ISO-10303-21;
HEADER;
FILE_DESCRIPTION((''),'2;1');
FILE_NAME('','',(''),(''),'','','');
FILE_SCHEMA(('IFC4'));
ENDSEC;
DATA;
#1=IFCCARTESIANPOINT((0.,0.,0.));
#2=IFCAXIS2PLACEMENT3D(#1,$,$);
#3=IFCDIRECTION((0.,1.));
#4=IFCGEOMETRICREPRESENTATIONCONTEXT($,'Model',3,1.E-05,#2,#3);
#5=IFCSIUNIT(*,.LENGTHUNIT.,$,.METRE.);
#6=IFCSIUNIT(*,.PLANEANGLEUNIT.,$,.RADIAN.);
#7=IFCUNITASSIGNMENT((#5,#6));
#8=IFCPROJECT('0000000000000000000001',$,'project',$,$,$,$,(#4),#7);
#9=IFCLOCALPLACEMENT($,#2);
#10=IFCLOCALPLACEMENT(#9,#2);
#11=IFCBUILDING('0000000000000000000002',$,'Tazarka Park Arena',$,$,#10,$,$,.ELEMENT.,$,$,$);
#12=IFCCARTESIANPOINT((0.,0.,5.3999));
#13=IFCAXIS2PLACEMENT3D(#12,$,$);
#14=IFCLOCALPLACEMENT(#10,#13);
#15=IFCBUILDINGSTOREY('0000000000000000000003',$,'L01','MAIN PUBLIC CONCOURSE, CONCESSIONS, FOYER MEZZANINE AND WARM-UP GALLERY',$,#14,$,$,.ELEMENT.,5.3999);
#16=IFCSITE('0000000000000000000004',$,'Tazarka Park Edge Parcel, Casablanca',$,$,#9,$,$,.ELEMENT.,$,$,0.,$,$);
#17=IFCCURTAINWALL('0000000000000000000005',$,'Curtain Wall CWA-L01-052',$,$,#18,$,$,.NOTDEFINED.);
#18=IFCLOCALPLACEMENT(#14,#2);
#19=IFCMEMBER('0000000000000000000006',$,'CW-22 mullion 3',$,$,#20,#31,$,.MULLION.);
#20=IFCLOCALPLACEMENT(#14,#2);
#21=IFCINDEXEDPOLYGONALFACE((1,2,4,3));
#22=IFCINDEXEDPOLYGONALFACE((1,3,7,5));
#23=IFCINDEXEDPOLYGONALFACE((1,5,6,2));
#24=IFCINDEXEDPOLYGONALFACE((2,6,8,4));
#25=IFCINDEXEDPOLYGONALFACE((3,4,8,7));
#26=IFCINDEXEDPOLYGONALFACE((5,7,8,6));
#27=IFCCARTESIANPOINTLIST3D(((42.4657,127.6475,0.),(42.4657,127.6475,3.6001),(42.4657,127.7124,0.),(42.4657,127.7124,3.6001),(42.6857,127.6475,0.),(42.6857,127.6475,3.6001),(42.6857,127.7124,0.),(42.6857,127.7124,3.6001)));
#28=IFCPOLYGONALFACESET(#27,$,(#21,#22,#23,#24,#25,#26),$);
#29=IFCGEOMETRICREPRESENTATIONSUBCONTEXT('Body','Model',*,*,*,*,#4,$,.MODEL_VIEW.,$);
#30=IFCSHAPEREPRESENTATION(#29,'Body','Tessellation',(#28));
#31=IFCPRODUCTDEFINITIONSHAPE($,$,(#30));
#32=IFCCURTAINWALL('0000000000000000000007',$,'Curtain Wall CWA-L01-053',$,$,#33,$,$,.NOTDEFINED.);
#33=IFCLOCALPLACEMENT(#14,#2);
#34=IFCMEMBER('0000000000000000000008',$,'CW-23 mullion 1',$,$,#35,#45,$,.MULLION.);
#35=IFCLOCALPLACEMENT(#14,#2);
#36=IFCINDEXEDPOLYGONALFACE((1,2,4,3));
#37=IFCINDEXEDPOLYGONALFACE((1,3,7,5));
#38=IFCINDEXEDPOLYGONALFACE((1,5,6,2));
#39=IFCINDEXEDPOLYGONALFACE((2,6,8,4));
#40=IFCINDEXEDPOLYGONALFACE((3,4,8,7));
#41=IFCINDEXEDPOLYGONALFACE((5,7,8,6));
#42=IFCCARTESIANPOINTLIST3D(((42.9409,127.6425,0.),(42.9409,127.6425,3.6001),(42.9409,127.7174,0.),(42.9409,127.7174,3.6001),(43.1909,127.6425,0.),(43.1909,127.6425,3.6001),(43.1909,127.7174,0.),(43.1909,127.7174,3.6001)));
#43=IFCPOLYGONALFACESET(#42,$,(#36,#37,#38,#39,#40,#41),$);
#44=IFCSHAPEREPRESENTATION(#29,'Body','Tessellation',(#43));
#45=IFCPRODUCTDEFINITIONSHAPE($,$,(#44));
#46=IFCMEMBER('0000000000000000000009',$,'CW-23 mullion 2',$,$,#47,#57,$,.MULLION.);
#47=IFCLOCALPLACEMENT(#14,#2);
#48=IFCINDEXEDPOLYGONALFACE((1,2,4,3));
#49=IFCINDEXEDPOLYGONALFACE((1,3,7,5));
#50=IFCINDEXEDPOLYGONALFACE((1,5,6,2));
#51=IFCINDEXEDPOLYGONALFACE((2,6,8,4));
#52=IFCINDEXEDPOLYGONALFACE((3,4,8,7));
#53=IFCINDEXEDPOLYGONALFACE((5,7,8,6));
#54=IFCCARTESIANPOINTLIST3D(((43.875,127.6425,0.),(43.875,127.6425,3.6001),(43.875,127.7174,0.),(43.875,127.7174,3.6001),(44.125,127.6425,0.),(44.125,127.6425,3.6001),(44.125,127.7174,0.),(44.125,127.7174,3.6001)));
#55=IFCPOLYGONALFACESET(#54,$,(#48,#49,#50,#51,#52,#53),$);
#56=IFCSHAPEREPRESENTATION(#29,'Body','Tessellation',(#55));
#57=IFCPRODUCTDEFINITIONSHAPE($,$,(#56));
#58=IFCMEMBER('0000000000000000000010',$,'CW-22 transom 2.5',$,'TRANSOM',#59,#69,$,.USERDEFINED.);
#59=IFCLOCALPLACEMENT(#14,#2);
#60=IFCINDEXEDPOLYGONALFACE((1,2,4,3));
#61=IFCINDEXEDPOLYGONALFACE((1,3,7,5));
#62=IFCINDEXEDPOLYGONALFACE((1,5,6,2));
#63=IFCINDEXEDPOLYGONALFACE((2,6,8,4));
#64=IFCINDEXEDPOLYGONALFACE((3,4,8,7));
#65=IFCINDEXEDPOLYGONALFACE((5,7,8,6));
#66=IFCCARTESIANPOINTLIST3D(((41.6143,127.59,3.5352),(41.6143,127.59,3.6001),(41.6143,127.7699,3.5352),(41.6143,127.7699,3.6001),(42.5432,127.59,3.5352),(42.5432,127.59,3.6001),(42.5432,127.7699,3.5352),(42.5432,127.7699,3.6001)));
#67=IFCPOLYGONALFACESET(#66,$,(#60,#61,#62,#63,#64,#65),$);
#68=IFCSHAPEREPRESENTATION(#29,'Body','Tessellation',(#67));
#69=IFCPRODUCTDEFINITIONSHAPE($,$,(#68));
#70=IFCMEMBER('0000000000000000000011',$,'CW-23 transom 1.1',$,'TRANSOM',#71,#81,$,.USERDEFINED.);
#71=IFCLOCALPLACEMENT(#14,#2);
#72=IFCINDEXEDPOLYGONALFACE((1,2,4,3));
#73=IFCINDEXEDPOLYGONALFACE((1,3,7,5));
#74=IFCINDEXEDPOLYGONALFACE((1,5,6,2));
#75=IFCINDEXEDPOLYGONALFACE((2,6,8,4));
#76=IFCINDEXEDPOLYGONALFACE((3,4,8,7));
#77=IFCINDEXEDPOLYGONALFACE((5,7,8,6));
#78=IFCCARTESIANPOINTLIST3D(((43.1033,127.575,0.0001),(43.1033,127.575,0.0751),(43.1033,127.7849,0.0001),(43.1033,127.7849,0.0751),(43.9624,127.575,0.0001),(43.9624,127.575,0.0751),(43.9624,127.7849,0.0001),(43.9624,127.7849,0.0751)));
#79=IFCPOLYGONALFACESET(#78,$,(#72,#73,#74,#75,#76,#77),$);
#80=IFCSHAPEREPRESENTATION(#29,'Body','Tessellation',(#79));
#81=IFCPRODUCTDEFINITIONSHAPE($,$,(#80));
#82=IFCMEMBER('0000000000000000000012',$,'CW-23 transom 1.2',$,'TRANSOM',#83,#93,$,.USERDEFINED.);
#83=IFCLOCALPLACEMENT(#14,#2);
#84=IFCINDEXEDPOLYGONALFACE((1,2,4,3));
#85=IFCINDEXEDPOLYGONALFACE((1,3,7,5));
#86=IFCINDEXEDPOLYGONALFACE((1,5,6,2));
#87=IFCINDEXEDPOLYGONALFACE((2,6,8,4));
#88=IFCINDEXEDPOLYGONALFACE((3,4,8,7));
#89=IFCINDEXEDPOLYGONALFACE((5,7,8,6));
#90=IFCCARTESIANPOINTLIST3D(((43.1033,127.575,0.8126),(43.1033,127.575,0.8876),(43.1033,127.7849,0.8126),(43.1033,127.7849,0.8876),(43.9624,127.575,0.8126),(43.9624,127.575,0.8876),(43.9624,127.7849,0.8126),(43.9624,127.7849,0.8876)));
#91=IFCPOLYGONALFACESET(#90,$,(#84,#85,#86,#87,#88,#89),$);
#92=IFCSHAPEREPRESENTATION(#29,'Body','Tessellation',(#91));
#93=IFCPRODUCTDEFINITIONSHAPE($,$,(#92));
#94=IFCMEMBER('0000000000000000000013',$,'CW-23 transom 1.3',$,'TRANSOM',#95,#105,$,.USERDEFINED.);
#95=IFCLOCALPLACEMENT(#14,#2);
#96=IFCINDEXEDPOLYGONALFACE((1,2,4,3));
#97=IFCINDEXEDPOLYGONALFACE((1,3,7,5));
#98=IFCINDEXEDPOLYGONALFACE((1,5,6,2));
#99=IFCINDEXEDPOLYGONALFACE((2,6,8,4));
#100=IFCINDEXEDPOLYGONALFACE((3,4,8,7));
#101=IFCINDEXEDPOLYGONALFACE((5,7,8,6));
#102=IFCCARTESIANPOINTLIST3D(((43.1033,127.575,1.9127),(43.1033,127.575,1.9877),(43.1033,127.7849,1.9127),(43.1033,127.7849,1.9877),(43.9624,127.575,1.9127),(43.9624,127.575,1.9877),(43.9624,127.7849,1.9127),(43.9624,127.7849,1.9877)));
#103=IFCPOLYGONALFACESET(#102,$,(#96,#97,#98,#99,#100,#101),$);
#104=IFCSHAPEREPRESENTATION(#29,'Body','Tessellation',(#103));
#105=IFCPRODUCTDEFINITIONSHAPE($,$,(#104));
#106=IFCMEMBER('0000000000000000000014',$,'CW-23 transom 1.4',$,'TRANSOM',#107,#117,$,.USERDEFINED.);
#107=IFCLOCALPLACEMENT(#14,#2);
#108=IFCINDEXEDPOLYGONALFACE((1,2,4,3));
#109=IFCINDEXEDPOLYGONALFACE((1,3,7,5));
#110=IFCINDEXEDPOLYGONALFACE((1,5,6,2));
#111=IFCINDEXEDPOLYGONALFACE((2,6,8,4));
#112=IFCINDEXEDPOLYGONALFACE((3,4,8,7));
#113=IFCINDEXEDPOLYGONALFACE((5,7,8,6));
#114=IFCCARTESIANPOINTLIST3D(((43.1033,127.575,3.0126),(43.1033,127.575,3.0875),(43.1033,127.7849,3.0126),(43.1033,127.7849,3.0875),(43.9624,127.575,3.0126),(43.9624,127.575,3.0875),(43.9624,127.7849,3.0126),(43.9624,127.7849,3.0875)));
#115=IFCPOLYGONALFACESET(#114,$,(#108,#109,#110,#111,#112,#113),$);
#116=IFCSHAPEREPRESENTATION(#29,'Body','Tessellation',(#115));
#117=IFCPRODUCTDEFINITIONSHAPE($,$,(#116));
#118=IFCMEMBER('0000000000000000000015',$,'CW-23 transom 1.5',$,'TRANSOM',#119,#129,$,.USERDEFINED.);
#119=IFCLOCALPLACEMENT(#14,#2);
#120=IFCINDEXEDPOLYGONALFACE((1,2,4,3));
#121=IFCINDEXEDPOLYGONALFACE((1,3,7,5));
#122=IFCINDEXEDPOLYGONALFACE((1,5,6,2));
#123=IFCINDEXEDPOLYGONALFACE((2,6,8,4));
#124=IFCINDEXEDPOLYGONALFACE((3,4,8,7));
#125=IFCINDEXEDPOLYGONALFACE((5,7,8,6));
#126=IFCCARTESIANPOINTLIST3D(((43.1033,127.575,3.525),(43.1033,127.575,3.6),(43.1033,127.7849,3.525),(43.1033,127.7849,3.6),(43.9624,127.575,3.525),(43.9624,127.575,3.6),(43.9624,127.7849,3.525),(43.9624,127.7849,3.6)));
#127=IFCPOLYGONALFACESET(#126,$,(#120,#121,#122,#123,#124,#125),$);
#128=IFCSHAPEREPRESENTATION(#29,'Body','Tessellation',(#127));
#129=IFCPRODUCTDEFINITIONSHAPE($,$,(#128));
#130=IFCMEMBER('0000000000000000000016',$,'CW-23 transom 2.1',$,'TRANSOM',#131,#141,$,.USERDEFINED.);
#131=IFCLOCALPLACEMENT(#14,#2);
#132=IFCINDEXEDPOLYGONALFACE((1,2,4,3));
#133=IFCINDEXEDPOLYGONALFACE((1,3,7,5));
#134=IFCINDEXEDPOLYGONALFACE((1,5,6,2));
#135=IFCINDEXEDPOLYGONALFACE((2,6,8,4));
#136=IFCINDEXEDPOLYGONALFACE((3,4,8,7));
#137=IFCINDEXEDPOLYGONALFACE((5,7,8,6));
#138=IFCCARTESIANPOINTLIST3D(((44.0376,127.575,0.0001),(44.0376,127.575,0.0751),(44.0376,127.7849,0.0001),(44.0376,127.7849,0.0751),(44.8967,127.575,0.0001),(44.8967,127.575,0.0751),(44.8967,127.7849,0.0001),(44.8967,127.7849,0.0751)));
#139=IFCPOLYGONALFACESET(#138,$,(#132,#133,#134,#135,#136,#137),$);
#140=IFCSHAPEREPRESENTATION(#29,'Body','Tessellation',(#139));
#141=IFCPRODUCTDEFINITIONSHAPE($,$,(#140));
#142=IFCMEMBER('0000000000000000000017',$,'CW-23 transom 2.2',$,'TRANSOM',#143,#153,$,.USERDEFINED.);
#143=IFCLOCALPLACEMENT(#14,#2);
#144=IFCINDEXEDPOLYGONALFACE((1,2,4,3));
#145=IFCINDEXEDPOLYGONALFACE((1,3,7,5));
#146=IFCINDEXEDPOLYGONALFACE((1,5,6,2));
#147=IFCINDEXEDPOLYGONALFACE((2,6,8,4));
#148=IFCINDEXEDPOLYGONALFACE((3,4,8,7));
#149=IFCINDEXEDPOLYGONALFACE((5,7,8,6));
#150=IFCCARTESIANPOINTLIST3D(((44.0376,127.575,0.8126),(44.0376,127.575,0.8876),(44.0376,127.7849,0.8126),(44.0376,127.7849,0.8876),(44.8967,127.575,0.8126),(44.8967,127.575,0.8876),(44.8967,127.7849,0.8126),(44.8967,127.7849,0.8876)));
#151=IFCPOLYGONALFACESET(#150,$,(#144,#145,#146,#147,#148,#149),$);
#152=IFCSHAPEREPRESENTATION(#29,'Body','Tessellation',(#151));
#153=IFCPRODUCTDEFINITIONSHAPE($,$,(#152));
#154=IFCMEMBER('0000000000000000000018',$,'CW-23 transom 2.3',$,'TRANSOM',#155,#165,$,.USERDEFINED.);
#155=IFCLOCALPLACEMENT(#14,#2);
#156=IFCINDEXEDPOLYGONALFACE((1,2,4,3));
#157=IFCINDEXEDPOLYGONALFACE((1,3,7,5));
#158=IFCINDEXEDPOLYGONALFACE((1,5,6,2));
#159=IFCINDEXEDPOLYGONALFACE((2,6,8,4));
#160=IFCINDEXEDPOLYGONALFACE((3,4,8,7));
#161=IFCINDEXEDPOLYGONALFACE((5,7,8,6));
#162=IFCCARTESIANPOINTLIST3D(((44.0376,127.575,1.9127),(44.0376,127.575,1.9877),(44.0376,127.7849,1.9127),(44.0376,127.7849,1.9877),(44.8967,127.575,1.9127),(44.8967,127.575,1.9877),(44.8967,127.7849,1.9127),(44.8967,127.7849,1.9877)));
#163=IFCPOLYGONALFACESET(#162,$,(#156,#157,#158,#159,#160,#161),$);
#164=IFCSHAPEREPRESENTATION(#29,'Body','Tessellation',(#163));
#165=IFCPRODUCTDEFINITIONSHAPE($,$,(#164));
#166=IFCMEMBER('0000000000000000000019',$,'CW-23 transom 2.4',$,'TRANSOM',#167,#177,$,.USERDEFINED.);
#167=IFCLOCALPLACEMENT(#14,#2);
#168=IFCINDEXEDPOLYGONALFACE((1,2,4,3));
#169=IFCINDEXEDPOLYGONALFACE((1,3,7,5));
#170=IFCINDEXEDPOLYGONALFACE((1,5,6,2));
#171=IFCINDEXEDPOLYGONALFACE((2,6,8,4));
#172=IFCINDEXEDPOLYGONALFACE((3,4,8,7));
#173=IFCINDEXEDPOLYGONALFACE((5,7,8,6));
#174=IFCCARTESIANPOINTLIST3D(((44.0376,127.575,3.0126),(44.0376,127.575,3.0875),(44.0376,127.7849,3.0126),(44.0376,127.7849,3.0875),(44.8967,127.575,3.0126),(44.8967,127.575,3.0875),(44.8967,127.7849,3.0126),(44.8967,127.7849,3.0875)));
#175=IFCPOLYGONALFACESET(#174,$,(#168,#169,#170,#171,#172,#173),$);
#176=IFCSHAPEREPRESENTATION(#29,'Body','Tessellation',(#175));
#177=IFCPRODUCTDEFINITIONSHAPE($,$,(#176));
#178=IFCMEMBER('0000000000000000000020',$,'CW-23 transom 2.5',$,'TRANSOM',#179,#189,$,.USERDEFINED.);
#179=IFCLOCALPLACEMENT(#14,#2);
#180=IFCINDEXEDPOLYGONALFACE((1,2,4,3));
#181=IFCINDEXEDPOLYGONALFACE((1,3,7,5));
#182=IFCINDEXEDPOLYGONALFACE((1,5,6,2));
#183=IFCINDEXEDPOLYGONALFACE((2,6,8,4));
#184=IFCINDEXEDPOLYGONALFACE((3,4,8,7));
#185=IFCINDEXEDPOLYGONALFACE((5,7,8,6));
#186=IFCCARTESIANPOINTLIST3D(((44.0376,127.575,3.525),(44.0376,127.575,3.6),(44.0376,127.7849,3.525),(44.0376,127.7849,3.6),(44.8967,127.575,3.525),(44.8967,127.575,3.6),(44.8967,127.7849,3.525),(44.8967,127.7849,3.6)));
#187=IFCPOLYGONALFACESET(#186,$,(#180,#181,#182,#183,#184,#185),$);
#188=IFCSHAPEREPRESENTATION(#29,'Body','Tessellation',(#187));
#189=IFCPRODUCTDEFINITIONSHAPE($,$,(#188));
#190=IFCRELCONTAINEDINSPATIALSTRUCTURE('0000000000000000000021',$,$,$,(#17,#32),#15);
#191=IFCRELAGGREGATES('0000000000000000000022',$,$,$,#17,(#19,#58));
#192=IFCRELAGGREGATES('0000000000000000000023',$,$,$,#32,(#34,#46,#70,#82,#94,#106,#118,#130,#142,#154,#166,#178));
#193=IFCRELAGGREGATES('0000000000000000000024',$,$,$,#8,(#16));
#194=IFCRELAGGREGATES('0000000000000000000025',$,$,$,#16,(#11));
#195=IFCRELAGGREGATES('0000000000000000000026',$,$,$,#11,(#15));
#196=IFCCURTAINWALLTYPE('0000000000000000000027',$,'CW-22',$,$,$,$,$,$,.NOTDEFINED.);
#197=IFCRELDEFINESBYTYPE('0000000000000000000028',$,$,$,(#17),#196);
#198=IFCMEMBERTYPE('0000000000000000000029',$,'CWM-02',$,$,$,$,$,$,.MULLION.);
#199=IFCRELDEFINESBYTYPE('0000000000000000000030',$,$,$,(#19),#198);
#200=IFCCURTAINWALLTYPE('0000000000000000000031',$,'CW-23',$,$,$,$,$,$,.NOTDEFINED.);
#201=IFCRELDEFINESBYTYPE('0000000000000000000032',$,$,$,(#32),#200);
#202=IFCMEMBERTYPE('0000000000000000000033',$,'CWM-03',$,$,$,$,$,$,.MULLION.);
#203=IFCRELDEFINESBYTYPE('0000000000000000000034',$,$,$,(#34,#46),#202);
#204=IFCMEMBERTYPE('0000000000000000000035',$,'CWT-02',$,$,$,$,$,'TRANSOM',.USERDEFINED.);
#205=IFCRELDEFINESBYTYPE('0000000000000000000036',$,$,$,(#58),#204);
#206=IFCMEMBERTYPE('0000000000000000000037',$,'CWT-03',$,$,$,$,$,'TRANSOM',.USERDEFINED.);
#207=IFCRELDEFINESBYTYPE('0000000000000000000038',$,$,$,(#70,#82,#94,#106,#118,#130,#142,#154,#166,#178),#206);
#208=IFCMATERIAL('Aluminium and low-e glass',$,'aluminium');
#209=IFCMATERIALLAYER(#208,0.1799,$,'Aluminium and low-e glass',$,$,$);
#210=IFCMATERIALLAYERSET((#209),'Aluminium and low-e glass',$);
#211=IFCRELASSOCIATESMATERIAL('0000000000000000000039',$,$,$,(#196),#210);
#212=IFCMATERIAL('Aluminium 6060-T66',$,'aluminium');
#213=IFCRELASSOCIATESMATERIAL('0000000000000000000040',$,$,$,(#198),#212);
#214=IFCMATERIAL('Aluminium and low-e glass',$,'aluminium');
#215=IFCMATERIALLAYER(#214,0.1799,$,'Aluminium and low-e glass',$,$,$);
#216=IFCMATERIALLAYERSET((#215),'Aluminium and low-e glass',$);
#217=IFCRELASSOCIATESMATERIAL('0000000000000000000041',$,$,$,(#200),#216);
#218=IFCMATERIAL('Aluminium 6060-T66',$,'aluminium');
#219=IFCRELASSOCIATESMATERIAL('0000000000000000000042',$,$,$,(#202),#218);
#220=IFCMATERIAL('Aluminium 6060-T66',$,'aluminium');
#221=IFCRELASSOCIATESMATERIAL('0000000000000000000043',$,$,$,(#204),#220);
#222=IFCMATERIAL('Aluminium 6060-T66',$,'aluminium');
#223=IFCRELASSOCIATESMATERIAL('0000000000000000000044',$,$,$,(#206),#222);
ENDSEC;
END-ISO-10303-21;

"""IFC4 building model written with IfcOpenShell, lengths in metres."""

from ifc_helpers import new_model, si_unit, direction, frame, origin, origin_2d, place, context, subcontext, project, spatial, rectangle, extrude, material, layer, layer_set, material_profile, profile_set, type_object, element, aggregate, save


model = new_model("IFC4")

# Units and contexts
model_context = context("Model", 3, precision=1e-05, world=origin(), true_north=direction((0.0, 1.0)))
body_context = subcontext(model_context, "Body", "Model", "MODEL_VIEW")
ifc_project = project(units=[si_unit("LENGTHUNIT", "METRE"), si_unit("PLANEANGLEUNIT", "RADIAN")], contexts=[model_context])

# Site, building, storey
site_placement = place(None, origin())
site = spatial("IfcSite", under=ifc_project, at=site_placement, Name="Tazarka Park Edge Parcel, Casablanca", CompositionType="ELEMENT", RefElevation=0.0)
building_placement = place(site_placement, origin())
building = spatial("IfcBuilding", under=site, at=building_placement, Name="Tazarka Park Arena", CompositionType="ELEMENT")
storey_placement = place(building_placement, frame((0.0, 0.0, 5.3999)))
storey = spatial("IfcBuildingStorey", under=building, at=storey_placement, Name="L01", Description="MAIN PUBLIC CONCOURSE, CONCESSIONS, FOYER MEZZANINE AND WARM-UP GALLERY", CompositionType="ELEMENT", Elevation=5.3999)

# Curtain wall, member
ifc_material_1 = material(Name="Aluminium and low-e glass", Category="aluminium")
ifc_layer_1 = layer(ifc_material_1, 0.1799, Name="Aluminium and low-e glass")
ifc_layer_set_1 = layer_set([ifc_layer_1], Name="Aluminium and low-e glass")
curtain_wall_type_1 = type_object("IfcCurtainWallType", Name="CW-22", PredefinedType="NOTDEFINED", material=ifc_layer_set_1)
curtain_wall_1_placement = place(storey_placement, origin())
curtain_wall_1 = element("IfcCurtainWall", 1, at=curtain_wall_1_placement, inside=storey, type_object=curtain_wall_type_1, Name="Curtain Wall CWA-L01-052", PredefinedType="NOTDEFINED")
ifc_material_2 = material(Name="Aluminium 6060-T66", Category="aluminium")
ifc_material_profile_1 = material_profile(ifc_material_2, rectangle(XDim=0.0649, YDim=0.22, at=origin_2d()), Name="Aluminium 6060-T66")
ifc_profile_set_1 = profile_set([ifc_material_profile_1], Name="Aluminium 6060-T66")
member_type_1 = type_object("IfcMemberType", Name="CWM-02", PredefinedType="MULLION", material=ifc_profile_set_1)
member_1_placement = place(storey_placement, frame((42.5757, 127.6799, 0.0), z_axis=(0.0, 0.0, 1.0), x_axis=(0.0, 1.0, 0.0)))
member_1 = element("IfcMember", 2, at=member_1_placement, type_object=member_type_1, Name="CW-22 mullion 3", PredefinedType="MULLION", context=body_context, shape_type="SweptSolid", body=[
    extrude(rectangle(XDim=0.0649, YDim=0.22, at=origin_2d()), origin(), (0.0, 0.0, 1.0), 3.6001),
])

# Curtain wall, members
ifc_material_3 = material(Name="Aluminium and low-e glass", Category="aluminium")
ifc_layer_2 = layer(ifc_material_3, 0.1799, Name="Aluminium and low-e glass")
ifc_layer_set_2 = layer_set([ifc_layer_2], Name="Aluminium and low-e glass")
curtain_wall_type_2 = type_object("IfcCurtainWallType", Name="CW-23", PredefinedType="NOTDEFINED", material=ifc_layer_set_2)
curtain_wall_2_placement = place(storey_placement, origin())
curtain_wall_2 = element("IfcCurtainWall", 3, at=curtain_wall_2_placement, inside=storey, type_object=curtain_wall_type_2, Name="Curtain Wall CWA-L01-053", PredefinedType="NOTDEFINED")
ifc_material_4 = material(Name="Aluminium 6060-T66", Category="aluminium")
ifc_material_profile_2 = material_profile(ifc_material_4, rectangle(XDim=0.075, YDim=0.25, at=origin_2d()), Name="Aluminium 6060-T66")
ifc_profile_set_2 = profile_set([ifc_material_profile_2], Name="Aluminium 6060-T66")
member_type_2 = type_object("IfcMemberType", Name="CWM-03", PredefinedType="MULLION", material=ifc_profile_set_2)
member_2_placement = place(storey_placement, frame((43.0659, 127.6799, 0.0), z_axis=(0.0, 0.0, 1.0), x_axis=(0.0, 1.0, 0.0)))
member_2 = element("IfcMember", 4, at=member_2_placement, type_object=member_type_2, Name="CW-23 mullion 1", PredefinedType="MULLION", context=body_context, shape_type="SweptSolid", body=[
    extrude(rectangle(XDim=0.075, YDim=0.25, at=origin_2d()), origin(), (0.0, 0.0, 1.0), 3.6001),
])
member_3_placement = place(storey_placement, frame((44.0, 127.6799, 0.0), z_axis=(0.0, 0.0, 1.0), x_axis=(0.0, 1.0, 0.0)))
member_3 = element("IfcMember", 5, at=member_3_placement, type_object=member_type_2, Name="CW-23 mullion 2", PredefinedType="MULLION", context=body_context, shape_type="SweptSolid", body=[
    extrude(rectangle(XDim=0.075, YDim=0.25, at=origin_2d()), origin(), (0.0, 0.0, 1.0), 3.6001),
])

# Members
ifc_material_5 = material(Name="Aluminium 6060-T66", Category="aluminium")
ifc_material_profile_3 = material_profile(ifc_material_5, rectangle(XDim=0.1799, YDim=0.0649, at=origin_2d()), Name="Aluminium 6060-T66")
ifc_profile_set_3 = profile_set([ifc_material_profile_3], Name="Aluminium 6060-T66")
member_type_3 = type_object("IfcMemberType", Name="CWT-02", ElementType="TRANSOM", PredefinedType="USERDEFINED", material=ifc_profile_set_3)
member_4_placement = place(storey_placement, frame((41.6143, 127.6799, 3.5676), z_axis=(1.0, 0.0, 0.0), x_axis=(0.0, 1.0, 0.0)))
member_4 = element("IfcMember", 6, at=member_4_placement, type_object=member_type_3, Name="CW-22 transom 2.5", ObjectType="TRANSOM", PredefinedType="USERDEFINED", context=body_context, shape_type="SweptSolid", body=[
    extrude(rectangle(XDim=0.1799, YDim=0.0649, at=origin_2d()), origin(), (0.0, 0.0, 1.0), 0.929),
])
ifc_material_6 = material(Name="Aluminium 6060-T66", Category="aluminium")
ifc_material_profile_4 = material_profile(ifc_material_6, rectangle(XDim=0.21, YDim=0.075, at=origin_2d()), Name="Aluminium 6060-T66")
ifc_profile_set_4 = profile_set([ifc_material_profile_4], Name="Aluminium 6060-T66")
member_type_4 = type_object("IfcMemberType", Name="CWT-03", ElementType="TRANSOM", PredefinedType="USERDEFINED", material=ifc_profile_set_4)
member_5_placement = place(storey_placement, frame((43.1033, 127.6799, 0.0376), z_axis=(1.0, 0.0, 0.0), x_axis=(0.0, 1.0, 0.0)))
member_5 = element("IfcMember", 7, at=member_5_placement, type_object=member_type_4, Name="CW-23 transom 1.1", ObjectType="TRANSOM", PredefinedType="USERDEFINED", context=body_context, shape_type="SweptSolid", body=[
    extrude(rectangle(XDim=0.21, YDim=0.075, at=origin_2d()), origin(), (0.0, 0.0, 1.0), 0.8591),
])
member_6_placement = place(storey_placement, frame((43.1033, 127.6799, 0.8501), z_axis=(1.0, 0.0, 0.0), x_axis=(0.0, 1.0, 0.0)))
member_6 = element("IfcMember", 8, at=member_6_placement, type_object=member_type_4, Name="CW-23 transom 1.2", ObjectType="TRANSOM", PredefinedType="USERDEFINED", context=body_context, shape_type="SweptSolid", body=[
    extrude(rectangle(XDim=0.21, YDim=0.075, at=origin_2d()), origin(), (0.0, 0.0, 1.0), 0.8591),
])
member_7_placement = place(storey_placement, frame((43.1033, 127.6799, 1.9502), z_axis=(1.0, 0.0, 0.0), x_axis=(0.0, 1.0, 0.0)))
member_7 = element("IfcMember", 9, at=member_7_placement, type_object=member_type_4, Name="CW-23 transom 1.3", ObjectType="TRANSOM", PredefinedType="USERDEFINED", context=body_context, shape_type="SweptSolid", body=[
    extrude(rectangle(XDim=0.21, YDim=0.075, at=origin_2d()), origin(), (0.0, 0.0, 1.0), 0.8591),
])
member_8_placement = place(storey_placement, frame((43.1033, 127.6799, 3.05), z_axis=(1.0, 0.0, 0.0), x_axis=(0.0, 1.0, 0.0)))
member_8 = element("IfcMember", 10, at=member_8_placement, type_object=member_type_4, Name="CW-23 transom 1.4", ObjectType="TRANSOM", PredefinedType="USERDEFINED", context=body_context, shape_type="SweptSolid", body=[
    extrude(rectangle(XDim=0.21, YDim=0.075, at=origin_2d()), origin(), (0.0, 0.0, 1.0), 0.8591),
])
member_9_placement = place(storey_placement, frame((43.1033, 127.6799, 3.5625), z_axis=(1.0, 0.0, 0.0), x_axis=(0.0, 1.0, 0.0)))
member_9 = element("IfcMember", 11, at=member_9_placement, type_object=member_type_4, Name="CW-23 transom 1.5", ObjectType="TRANSOM", PredefinedType="USERDEFINED", context=body_context, shape_type="SweptSolid", body=[
    extrude(rectangle(XDim=0.21, YDim=0.075, at=origin_2d()), origin(), (0.0, 0.0, 1.0), 0.8591),
])
member_10_placement = place(storey_placement, frame((44.0376, 127.6799, 0.0376), z_axis=(1.0, 0.0, 0.0), x_axis=(0.0, 1.0, 0.0)))
member_10 = element("IfcMember", 12, at=member_10_placement, type_object=member_type_4, Name="CW-23 transom 2.1", ObjectType="TRANSOM", PredefinedType="USERDEFINED", context=body_context, shape_type="SweptSolid", body=[
    extrude(rectangle(XDim=0.21, YDim=0.075, at=origin_2d()), origin(), (0.0, 0.0, 1.0), 0.8591),
])
member_11_placement = place(storey_placement, frame((44.0376, 127.6799, 0.8501), z_axis=(1.0, 0.0, 0.0), x_axis=(0.0, 1.0, 0.0)))
member_11 = element("IfcMember", 13, at=member_11_placement, type_object=member_type_4, Name="CW-23 transom 2.2", ObjectType="TRANSOM", PredefinedType="USERDEFINED", context=body_context, shape_type="SweptSolid", body=[
    extrude(rectangle(XDim=0.21, YDim=0.075, at=origin_2d()), origin(), (0.0, 0.0, 1.0), 0.8591),
])
member_12_placement = place(storey_placement, frame((44.0376, 127.6799, 1.9502), z_axis=(1.0, 0.0, 0.0), x_axis=(0.0, 1.0, 0.0)))
member_12 = element("IfcMember", 14, at=member_12_placement, type_object=member_type_4, Name="CW-23 transom 2.3", ObjectType="TRANSOM", PredefinedType="USERDEFINED", context=body_context, shape_type="SweptSolid", body=[
    extrude(rectangle(XDim=0.21, YDim=0.075, at=origin_2d()), origin(), (0.0, 0.0, 1.0), 0.8591),
])
member_13_placement = place(storey_placement, frame((44.0376, 127.6799, 3.05), z_axis=(1.0, 0.0, 0.0), x_axis=(0.0, 1.0, 0.0)))
member_13 = element("IfcMember", 15, at=member_13_placement, type_object=member_type_4, Name="CW-23 transom 2.4", ObjectType="TRANSOM", PredefinedType="USERDEFINED", context=body_context, shape_type="SweptSolid", body=[
    extrude(rectangle(XDim=0.21, YDim=0.075, at=origin_2d()), origin(), (0.0, 0.0, 1.0), 0.8591),
])
member_14_placement = place(storey_placement, frame((44.0376, 127.6799, 3.5625), z_axis=(1.0, 0.0, 0.0), x_axis=(0.0, 1.0, 0.0)))
member_14 = element("IfcMember", 16, at=member_14_placement, type_object=member_type_4, Name="CW-23 transom 2.5", ObjectType="TRANSOM", PredefinedType="USERDEFINED", context=body_context, shape_type="SweptSolid", body=[
    extrude(rectangle(XDim=0.21, YDim=0.075, at=origin_2d()), origin(), (0.0, 0.0, 1.0), 0.8591),
])

aggregate(curtain_wall_1, [member_1, member_4])
aggregate(curtain_wall_2, [member_2, member_3, member_5, member_6, member_7, member_8, member_9, member_10, member_11, member_12, member_13, member_14])

save(model, "model.ifc")
